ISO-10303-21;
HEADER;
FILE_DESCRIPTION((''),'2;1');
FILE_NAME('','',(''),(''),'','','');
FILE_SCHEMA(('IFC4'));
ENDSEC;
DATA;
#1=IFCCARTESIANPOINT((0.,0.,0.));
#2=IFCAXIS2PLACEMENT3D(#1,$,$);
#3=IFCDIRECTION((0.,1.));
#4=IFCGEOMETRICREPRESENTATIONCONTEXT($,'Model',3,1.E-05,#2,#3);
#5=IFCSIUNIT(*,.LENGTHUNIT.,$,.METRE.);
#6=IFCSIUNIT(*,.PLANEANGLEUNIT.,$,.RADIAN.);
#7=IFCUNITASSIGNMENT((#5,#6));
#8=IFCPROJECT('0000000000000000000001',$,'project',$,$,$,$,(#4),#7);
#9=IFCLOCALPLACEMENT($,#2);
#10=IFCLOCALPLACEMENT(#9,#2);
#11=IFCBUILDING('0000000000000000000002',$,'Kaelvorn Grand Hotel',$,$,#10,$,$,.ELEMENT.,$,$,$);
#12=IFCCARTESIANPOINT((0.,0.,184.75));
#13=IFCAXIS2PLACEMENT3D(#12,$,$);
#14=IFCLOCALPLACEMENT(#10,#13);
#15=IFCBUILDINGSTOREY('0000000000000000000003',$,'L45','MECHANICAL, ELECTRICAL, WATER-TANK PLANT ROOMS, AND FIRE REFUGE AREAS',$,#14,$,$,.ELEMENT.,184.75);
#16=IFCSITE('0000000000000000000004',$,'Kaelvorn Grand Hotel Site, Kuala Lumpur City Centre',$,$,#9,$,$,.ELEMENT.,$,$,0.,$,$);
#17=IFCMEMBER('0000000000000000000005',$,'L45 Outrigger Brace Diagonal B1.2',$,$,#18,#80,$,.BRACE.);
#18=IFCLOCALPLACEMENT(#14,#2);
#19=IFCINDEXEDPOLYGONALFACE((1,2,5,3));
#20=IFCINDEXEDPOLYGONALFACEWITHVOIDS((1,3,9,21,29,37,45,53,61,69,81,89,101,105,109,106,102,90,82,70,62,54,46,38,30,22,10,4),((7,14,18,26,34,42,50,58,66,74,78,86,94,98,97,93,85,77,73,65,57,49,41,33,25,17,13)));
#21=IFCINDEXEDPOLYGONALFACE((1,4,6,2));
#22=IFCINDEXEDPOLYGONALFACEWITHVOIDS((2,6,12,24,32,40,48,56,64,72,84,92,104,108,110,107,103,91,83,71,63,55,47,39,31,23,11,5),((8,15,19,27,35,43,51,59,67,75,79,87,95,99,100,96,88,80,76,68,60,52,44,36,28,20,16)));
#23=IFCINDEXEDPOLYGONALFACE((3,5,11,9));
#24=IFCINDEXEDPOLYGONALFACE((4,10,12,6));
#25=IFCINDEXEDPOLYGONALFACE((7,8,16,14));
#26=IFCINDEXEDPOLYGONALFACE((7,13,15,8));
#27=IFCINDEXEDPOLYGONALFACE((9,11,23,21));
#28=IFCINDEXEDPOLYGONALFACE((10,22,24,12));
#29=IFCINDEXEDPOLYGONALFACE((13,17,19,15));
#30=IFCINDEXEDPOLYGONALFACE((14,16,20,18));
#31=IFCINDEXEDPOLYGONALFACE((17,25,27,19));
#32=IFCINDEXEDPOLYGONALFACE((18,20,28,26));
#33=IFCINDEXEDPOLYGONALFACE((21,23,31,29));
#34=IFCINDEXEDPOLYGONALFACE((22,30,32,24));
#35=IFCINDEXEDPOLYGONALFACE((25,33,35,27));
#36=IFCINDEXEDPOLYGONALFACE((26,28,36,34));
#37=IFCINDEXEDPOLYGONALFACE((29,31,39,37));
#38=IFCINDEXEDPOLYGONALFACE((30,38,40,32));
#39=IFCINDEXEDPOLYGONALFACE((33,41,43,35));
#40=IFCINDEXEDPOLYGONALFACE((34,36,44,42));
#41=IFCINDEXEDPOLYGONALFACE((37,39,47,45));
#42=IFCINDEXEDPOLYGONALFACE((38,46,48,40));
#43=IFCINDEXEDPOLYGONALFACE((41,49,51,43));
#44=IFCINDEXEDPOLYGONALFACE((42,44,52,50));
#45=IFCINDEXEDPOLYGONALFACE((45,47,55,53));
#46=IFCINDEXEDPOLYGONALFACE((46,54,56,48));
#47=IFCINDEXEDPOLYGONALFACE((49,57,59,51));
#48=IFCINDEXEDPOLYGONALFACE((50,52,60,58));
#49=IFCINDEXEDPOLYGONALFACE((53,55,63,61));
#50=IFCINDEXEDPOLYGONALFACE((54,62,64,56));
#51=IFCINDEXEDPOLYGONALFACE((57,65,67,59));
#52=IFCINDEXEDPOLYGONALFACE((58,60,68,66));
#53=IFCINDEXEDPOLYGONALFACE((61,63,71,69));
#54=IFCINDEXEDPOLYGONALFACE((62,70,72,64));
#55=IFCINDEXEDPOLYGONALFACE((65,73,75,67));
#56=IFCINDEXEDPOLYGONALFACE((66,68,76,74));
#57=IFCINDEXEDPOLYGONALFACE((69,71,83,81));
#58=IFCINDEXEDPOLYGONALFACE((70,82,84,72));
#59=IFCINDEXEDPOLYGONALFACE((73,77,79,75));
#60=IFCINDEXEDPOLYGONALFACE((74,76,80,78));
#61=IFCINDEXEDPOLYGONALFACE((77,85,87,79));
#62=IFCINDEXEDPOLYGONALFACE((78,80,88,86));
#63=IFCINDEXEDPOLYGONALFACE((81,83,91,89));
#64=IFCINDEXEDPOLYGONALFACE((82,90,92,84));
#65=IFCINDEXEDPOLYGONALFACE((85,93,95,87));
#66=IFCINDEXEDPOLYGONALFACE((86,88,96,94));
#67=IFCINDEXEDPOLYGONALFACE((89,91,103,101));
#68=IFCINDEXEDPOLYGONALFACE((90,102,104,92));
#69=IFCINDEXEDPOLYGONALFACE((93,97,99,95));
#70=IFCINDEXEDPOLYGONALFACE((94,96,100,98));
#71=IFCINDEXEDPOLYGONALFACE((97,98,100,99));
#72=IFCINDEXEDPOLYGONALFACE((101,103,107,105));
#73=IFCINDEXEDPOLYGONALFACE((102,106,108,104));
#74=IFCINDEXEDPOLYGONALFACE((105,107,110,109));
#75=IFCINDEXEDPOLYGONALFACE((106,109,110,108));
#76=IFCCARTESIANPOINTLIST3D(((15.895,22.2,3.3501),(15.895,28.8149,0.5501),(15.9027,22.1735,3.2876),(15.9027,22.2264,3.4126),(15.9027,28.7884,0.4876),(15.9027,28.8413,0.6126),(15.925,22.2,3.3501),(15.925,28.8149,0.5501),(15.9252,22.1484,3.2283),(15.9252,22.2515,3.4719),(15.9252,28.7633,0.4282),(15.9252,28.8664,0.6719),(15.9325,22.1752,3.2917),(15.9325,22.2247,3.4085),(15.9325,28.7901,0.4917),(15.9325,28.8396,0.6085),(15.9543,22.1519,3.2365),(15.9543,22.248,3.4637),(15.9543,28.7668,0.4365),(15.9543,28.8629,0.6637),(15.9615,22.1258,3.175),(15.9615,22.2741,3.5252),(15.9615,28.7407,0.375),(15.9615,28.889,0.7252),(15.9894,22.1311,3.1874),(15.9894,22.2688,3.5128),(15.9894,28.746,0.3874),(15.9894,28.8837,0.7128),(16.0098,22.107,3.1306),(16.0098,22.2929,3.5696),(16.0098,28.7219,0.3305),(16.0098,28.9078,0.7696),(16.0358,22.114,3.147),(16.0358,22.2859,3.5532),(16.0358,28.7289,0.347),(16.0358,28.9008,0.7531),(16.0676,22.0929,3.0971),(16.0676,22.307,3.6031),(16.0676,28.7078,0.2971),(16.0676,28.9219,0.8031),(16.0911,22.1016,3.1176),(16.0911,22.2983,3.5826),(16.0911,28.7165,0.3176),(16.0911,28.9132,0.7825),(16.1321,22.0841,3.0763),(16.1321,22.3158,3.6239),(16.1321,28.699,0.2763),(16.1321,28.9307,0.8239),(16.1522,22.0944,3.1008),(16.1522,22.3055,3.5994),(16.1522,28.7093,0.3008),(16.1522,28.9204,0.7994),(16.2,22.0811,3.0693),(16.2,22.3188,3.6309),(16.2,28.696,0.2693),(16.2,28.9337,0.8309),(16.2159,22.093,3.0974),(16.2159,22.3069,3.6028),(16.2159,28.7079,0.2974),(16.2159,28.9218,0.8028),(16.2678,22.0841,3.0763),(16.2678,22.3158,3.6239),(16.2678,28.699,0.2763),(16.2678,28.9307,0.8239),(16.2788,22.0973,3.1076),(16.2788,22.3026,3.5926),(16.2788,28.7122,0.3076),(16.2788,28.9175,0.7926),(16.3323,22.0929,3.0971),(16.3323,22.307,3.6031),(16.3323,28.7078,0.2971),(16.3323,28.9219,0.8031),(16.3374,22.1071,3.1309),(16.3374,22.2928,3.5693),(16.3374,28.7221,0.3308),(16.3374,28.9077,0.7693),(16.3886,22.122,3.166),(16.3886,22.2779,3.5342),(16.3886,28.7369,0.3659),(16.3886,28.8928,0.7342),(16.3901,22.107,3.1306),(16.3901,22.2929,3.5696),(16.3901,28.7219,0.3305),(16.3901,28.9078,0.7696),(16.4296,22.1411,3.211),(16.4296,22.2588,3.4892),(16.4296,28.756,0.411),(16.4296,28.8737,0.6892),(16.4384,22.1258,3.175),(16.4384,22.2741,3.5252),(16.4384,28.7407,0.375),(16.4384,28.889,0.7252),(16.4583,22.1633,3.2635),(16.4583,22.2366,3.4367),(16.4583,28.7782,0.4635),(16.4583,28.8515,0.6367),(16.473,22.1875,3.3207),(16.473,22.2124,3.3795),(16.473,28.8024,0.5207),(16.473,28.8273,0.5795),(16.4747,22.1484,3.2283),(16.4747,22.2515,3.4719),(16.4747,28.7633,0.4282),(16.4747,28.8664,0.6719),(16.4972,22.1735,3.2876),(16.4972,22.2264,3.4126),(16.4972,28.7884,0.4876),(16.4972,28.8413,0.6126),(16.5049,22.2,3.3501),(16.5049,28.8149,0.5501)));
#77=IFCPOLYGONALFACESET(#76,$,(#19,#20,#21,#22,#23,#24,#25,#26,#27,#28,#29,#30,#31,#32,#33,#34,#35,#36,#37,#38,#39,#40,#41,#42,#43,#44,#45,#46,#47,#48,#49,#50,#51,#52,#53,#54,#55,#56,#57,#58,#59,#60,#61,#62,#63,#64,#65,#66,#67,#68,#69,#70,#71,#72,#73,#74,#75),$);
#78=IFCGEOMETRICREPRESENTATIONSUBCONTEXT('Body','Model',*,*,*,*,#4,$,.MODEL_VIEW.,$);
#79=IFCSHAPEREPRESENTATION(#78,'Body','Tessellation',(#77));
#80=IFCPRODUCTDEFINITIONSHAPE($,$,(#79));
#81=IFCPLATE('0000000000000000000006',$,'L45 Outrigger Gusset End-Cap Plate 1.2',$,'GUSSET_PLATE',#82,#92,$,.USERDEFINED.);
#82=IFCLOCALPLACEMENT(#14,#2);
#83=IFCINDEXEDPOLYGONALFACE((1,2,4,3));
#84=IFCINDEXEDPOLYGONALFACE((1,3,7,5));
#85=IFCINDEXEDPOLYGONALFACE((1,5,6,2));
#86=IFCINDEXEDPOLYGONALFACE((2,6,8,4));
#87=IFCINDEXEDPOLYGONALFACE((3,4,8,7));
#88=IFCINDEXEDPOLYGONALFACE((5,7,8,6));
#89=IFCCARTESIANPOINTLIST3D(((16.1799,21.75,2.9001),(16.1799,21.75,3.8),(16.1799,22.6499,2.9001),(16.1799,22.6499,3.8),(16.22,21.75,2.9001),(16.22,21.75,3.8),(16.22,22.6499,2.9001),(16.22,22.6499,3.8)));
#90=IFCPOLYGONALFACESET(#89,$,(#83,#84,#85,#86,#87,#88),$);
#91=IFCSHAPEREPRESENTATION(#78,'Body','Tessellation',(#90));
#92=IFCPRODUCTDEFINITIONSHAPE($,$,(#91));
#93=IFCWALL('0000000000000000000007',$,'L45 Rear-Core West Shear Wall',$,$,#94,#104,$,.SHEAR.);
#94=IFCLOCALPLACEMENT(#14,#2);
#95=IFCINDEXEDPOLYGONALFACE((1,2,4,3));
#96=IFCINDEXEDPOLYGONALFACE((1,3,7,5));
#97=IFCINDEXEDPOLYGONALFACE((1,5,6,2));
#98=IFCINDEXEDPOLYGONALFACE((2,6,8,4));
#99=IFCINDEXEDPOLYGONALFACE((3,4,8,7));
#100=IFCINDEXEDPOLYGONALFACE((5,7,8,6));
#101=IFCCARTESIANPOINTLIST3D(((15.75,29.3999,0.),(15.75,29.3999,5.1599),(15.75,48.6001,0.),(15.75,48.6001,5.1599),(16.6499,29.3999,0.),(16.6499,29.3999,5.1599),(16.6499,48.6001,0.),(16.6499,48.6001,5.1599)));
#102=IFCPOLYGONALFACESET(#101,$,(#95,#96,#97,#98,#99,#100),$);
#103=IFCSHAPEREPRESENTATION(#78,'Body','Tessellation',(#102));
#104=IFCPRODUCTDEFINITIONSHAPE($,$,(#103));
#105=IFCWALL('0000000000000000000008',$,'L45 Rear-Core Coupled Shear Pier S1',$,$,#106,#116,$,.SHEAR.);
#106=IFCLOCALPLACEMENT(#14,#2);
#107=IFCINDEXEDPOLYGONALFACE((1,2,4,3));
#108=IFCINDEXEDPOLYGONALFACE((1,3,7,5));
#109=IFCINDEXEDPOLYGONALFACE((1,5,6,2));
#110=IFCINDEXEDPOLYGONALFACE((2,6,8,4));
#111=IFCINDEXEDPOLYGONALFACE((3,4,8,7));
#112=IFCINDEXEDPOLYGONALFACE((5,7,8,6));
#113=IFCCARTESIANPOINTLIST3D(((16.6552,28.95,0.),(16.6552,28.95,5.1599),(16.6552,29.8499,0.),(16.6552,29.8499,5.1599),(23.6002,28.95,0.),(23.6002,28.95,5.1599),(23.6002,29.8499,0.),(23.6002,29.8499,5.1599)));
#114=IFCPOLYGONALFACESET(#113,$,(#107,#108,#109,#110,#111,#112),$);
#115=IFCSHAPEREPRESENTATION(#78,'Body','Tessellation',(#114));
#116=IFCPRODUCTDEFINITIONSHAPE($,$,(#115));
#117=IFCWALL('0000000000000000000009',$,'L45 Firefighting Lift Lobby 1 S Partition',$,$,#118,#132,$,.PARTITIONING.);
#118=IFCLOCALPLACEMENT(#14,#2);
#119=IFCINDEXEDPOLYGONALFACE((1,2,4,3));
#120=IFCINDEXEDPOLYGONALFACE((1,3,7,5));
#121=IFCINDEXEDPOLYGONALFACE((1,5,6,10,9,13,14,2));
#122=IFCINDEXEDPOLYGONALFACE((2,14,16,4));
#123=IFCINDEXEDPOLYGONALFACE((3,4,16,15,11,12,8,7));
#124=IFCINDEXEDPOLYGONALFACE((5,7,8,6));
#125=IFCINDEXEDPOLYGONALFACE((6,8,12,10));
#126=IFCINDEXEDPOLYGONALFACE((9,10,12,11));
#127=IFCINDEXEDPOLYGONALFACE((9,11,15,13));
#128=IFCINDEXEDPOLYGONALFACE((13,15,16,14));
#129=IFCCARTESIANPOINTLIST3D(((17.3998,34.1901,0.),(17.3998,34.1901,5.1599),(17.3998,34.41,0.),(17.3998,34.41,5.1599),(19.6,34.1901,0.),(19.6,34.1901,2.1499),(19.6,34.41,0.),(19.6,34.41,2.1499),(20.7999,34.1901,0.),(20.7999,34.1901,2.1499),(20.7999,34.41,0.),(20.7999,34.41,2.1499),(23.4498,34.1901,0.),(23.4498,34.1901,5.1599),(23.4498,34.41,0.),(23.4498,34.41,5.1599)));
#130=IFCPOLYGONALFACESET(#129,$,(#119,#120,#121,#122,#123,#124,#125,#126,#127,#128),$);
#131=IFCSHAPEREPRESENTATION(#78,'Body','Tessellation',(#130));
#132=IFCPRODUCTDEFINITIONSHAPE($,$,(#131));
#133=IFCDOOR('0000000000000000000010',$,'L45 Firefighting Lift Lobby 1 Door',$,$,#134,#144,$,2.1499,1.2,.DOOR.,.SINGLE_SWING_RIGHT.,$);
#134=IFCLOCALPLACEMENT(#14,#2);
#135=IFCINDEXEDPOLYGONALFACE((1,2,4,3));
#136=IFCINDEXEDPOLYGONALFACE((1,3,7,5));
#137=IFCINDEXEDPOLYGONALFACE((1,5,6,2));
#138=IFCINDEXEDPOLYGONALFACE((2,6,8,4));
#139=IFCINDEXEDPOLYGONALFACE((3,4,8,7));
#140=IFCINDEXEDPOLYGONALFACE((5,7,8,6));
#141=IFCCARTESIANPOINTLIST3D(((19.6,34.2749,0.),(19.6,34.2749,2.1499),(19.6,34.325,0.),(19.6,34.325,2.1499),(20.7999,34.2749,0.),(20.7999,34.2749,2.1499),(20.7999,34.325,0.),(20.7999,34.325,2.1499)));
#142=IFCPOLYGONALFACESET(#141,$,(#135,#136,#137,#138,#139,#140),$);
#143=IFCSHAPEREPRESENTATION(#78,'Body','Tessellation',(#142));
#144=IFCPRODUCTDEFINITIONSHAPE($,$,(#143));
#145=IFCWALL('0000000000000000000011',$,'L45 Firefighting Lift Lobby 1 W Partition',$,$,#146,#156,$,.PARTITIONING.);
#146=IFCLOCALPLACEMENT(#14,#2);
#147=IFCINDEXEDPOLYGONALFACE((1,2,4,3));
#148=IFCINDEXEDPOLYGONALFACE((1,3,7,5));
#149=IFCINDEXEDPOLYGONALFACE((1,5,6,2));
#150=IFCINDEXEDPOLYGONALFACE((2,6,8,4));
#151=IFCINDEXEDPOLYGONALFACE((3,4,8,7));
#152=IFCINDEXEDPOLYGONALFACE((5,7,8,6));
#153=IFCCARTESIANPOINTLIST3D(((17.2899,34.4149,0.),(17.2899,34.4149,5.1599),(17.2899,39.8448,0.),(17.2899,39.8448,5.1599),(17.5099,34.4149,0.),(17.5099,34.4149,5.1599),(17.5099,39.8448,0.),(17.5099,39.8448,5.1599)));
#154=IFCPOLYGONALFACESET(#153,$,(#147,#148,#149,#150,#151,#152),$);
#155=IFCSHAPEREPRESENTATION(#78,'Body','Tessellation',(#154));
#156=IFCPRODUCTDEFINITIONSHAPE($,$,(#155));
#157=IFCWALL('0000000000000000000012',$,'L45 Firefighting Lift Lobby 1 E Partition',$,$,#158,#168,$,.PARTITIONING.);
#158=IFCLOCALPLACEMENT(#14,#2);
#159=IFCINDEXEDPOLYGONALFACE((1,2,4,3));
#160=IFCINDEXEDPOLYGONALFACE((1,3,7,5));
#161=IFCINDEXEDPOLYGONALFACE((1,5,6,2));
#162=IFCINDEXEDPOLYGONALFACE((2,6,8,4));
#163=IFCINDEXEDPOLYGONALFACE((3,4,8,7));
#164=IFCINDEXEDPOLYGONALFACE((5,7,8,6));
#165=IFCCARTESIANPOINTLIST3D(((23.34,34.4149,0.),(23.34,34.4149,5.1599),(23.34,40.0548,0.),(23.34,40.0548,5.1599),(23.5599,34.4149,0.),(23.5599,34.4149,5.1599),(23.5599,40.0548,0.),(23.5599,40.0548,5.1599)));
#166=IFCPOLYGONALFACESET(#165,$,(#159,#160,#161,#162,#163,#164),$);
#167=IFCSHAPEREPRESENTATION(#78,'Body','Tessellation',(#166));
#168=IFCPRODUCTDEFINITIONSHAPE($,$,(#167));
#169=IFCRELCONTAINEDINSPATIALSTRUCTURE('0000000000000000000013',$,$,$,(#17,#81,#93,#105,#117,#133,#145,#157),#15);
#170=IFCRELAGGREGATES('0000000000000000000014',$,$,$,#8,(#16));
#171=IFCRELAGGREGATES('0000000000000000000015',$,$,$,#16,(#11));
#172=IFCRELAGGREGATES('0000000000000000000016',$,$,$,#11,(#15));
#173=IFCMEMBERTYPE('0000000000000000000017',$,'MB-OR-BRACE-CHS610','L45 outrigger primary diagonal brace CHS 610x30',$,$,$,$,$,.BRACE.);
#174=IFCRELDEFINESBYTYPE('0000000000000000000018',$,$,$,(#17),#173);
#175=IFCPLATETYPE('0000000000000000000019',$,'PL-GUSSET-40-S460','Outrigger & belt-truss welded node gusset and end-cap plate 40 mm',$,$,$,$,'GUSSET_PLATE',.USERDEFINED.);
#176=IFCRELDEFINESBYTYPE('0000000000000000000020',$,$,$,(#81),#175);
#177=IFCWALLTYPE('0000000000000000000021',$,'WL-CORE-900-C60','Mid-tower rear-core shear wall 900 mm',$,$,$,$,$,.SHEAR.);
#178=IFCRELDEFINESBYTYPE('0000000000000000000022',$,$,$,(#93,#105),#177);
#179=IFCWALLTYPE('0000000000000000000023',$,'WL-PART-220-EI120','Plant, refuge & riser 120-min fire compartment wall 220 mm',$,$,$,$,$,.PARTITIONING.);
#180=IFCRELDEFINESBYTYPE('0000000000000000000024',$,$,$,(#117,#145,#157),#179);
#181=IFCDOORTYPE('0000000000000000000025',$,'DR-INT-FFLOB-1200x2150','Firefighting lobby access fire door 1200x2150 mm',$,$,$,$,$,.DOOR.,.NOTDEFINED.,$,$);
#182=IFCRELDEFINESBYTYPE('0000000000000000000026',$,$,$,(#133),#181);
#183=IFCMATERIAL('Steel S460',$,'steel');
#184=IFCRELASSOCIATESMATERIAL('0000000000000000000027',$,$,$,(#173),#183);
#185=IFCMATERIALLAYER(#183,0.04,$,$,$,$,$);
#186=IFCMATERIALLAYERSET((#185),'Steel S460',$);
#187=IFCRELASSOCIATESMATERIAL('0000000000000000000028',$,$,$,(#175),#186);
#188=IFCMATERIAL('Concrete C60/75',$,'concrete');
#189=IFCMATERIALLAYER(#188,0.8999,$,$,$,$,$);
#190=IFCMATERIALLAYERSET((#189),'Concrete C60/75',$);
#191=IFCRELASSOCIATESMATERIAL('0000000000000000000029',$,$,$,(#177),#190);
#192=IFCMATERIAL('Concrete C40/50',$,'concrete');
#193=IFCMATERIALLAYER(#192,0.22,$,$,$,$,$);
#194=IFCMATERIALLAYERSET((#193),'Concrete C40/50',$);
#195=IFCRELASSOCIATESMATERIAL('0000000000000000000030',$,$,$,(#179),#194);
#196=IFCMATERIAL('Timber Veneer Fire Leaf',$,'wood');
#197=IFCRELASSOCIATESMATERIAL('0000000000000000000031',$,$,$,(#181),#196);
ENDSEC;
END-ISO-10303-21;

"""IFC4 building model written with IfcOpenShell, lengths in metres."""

from ifc_helpers import new_model, si_unit, direction, frame, frame_2d, origin, origin_2d, place, context, subcontext, project, spatial, rectangle, hollow_circle, extrude, material, layer, layer_set, material_profile, profile_set, type_object, element, fill, save


model = new_model("IFC4")

# Units and contexts
model_context = context("Model", 3, precision=1e-05, world=origin(), true_north=direction((0.0, 1.0)))
body_context = subcontext(model_context, "Body", "Model", "MODEL_VIEW")
ifc_project = project(units=[si_unit("LENGTHUNIT", "METRE"), si_unit("PLANEANGLEUNIT", "RADIAN")], contexts=[model_context])

# Site, building, storey
site_placement = place(None, origin())
site = spatial("IfcSite", under=ifc_project, at=site_placement, Name="Kaelvorn Grand Hotel Site, Kuala Lumpur City Centre", CompositionType="ELEMENT", RefElevation=0.0)
building_placement = place(site_placement, origin())
building = spatial("IfcBuilding", under=site, at=building_placement, Name="Kaelvorn Grand Hotel", CompositionType="ELEMENT")
storey_placement = place(building_placement, frame((0.0, 0.0, 184.75)))
storey = spatial("IfcBuildingStorey", under=building, at=storey_placement, Name="L45", Description="MECHANICAL, ELECTRICAL, WATER-TANK PLANT ROOMS, AND FIRE REFUGE AREAS", CompositionType="ELEMENT", Elevation=184.75)

# Shared definitions
ifc_material_1 = material(Name="Concrete C60/75", Category="concrete")

# Shared definitions
ifc_material_2 = material(Name="Steel S460", Category="steel")

# Member
ifc_material_profile_1 = material_profile(ifc_material_2, hollow_circle(Radius=0.3049, WallThickness=0.03, at=origin_2d()), Name="CHS 610.0x30.0")
ifc_profile_set_1 = profile_set([ifc_material_profile_1], Name="Steel S460")
member_type = type_object("IfcMemberType", Name="MB-OR-BRACE-CHS610", Description="L45 outrigger primary diagonal brace CHS 610x30", PredefinedType="BRACE", material=ifc_profile_set_1)
member_placement = place(storey_placement, frame((16.2, 22.2, 3.3501), z_axis=(0.0, 0.920897, -0.389805), x_axis=(-1.0, 0.0, 0.0)))
element("IfcMember", 1, at=member_placement, inside=storey, type_object=member_type, Name="L45 Outrigger Brace Diagonal B1.2", PredefinedType="BRACE", context=body_context, shape_type="SweptSolid", body=[
    extrude(hollow_circle(Radius=0.3049, WallThickness=0.03, at=origin_2d()), origin(), (0.0, 0.0, 1.0), 7.1831),
])

# Plate
ifc_layer_1 = layer(ifc_material_2, 0.04)
ifc_layer_set_1 = layer_set([ifc_layer_1], Name="Steel S460")
plate_type = type_object("IfcPlateType", Name="PL-GUSSET-40-S460", Description="Outrigger & belt-truss welded node gusset and end-cap plate 40 mm", ElementType="GUSSET_PLATE", PredefinedType="USERDEFINED", material=ifc_layer_set_1)
plate_placement = place(storey_placement, frame((16.2, 22.2, 2.9001), z_axis=(0.0, 0.0, 1.0), x_axis=(1.0, 0.0, 0.0)))
element("IfcPlate", 2, at=plate_placement, inside=storey, type_object=plate_type, Name="L45 Outrigger Gusset End-Cap Plate 1.2", ObjectType="GUSSET_PLATE", PredefinedType="USERDEFINED", context=body_context, shape_type="SweptSolid", body=[
    extrude(rectangle(XDim=0.04, YDim=0.8999, at=origin_2d()), origin(), (0.0, 0.0, 1.0), 0.8999),
])

# Walls
ifc_layer_2 = layer(ifc_material_1, 0.8999)
ifc_layer_set_2 = layer_set([ifc_layer_2], Name="Concrete C60/75")
wall_type_1 = type_object("IfcWallType", Name="WL-CORE-900-C60", Description="Mid-tower rear-core shear wall 900 mm", PredefinedType="SHEAR", material=ifc_layer_set_2)
wall_1_placement = place(storey_placement, frame((16.2, 29.3999, 0.0), z_axis=(0.0, 0.0, 1.0), x_axis=(0.0, 1.0, 0.0)))
element("IfcWall", 3, at=wall_1_placement, inside=storey, type_object=wall_type_1, Name="L45 Rear-Core West Shear Wall", PredefinedType="SHEAR", context=body_context, shape_type="SweptSolid", body=[
    extrude(rectangle(XDim=19.2002, YDim=0.8999, at=frame_2d((9.6001, 0.0))), origin(), (0.0, 0.0, 1.0), 5.1599),
])
wall_2_placement = place(storey_placement, frame((16.655, 29.3999, 0.0), z_axis=(0.0, 0.0, 1.0), x_axis=(1.0, 0.0, 0.0)))
element("IfcWall", 4, at=wall_2_placement, inside=storey, type_object=wall_type_1, Name="L45 Rear-Core Coupled Shear Pier S1", PredefinedType="SHEAR", context=body_context, shape_type="SweptSolid", body=[
    extrude(rectangle(XDim=6.9451, YDim=0.8999, at=frame_2d((3.4727, 0.0))), origin(), (0.0, 0.0, 1.0), 5.1599),
])

# Wall, opening, door
ifc_material_3 = material(Name="Concrete C40/50", Category="concrete")
ifc_layer_3 = layer(ifc_material_3, 0.22)
ifc_layer_set_3 = layer_set([ifc_layer_3], Name="Concrete C40/50")
wall_type_2 = type_object("IfcWallType", Name="WL-PART-220-EI120", Description="Plant, refuge & riser 120-min fire compartment wall 220 mm", PredefinedType="PARTITIONING", material=ifc_layer_set_3)
wall_3_placement = place(storey_placement, frame((17.3999, 34.3, 0.0), z_axis=(0.0, 0.0, 1.0), x_axis=(1.0, 0.0, 0.0)))
wall_3 = element("IfcWall", 5, at=wall_3_placement, inside=storey, type_object=wall_type_2, Name="L45 Firefighting Lift Lobby 1 S Partition", PredefinedType="PARTITIONING", context=body_context, shape_type="SweptSolid", body=[
    extrude(rectangle(XDim=6.05, YDim=0.22, at=frame_2d((3.0249, 0.0))), origin(), (0.0, 0.0, 1.0), 5.1599),
])
opening_1_placement = place(wall_3_placement, frame((2.2, 0.0, 0.0)))
opening_1 = element("IfcOpeningElement", 6, at=opening_1_placement, cuts=wall_3, PredefinedType="OPENING", context=body_context, shape_type="SweptSolid", body=[
    extrude(rectangle(XDim=1.2, YDim=2.1499, at=frame_2d((0.6001, 1.075))), frame((0.0, 0.1201, 0.0), z_axis=(0.0, -1.0, 0.0), x_axis=(1.0, 0.0, 0.0)), (0.0, 0.0, 1.0), 0.24),
])
ifc_material_4 = material(Name="Timber Veneer Fire Leaf", Category="wood")
door_type_1 = type_object("IfcDoorType", Name="DR-INT-FFLOB-1200x2150", Description="Firefighting lobby access fire door 1200x2150 mm", OperationType="NOTDEFINED", PredefinedType="DOOR", material=ifc_material_4)
door_1_placement = place(opening_1_placement, origin())
door_1 = element("IfcDoor", 7, at=door_1_placement, inside=storey, type_object=door_type_1, Name="L45 Firefighting Lift Lobby 1 Door", OperationType="SINGLE_SWING_RIGHT", OverallHeight=2.1499, OverallWidth=1.2, PredefinedType="DOOR", context=body_context, shape_type="SweptSolid", body=[
    extrude(rectangle(XDim=1.2, YDim=2.1499, at=frame_2d((0.6001, 1.075))), frame((0.0, 0.0249, 0.0), z_axis=(0.0, -1.0, 0.0), x_axis=(1.0, 0.0, 0.0)), (0.0, 0.0, 1.0), 0.05),
])
fill(opening_1, door_1)

# Walls
wall_4_placement = place(storey_placement, frame((17.3999, 34.415, 0.0), z_axis=(0.0, 0.0, 1.0), x_axis=(0.0, 1.0, 0.0)))
element("IfcWall", 8, at=wall_4_placement, inside=storey, type_object=wall_type_2, Name="L45 Firefighting Lift Lobby 1 W Partition", PredefinedType="PARTITIONING", context=body_context, shape_type="SweptSolid", body=[
    extrude(rectangle(XDim=5.4299, YDim=0.22, at=frame_2d((2.7148, 0.0))), origin(), (0.0, 0.0, 1.0), 5.1599),
])
wall_5_placement = place(storey_placement, frame((23.45, 34.415, 0.0), z_axis=(0.0, 0.0, 1.0), x_axis=(0.0, 1.0, 0.0)))
element("IfcWall", 9, at=wall_5_placement, inside=storey, type_object=wall_type_2, Name="L45 Firefighting Lift Lobby 1 E Partition", PredefinedType="PARTITIONING", context=body_context, shape_type="SweptSolid", body=[
    extrude(rectangle(XDim=5.6399, YDim=0.22, at=frame_2d((2.8198, 0.0))), origin(), (0.0, 0.0, 1.0), 5.1599),
])

save(model, "model.ifc")
